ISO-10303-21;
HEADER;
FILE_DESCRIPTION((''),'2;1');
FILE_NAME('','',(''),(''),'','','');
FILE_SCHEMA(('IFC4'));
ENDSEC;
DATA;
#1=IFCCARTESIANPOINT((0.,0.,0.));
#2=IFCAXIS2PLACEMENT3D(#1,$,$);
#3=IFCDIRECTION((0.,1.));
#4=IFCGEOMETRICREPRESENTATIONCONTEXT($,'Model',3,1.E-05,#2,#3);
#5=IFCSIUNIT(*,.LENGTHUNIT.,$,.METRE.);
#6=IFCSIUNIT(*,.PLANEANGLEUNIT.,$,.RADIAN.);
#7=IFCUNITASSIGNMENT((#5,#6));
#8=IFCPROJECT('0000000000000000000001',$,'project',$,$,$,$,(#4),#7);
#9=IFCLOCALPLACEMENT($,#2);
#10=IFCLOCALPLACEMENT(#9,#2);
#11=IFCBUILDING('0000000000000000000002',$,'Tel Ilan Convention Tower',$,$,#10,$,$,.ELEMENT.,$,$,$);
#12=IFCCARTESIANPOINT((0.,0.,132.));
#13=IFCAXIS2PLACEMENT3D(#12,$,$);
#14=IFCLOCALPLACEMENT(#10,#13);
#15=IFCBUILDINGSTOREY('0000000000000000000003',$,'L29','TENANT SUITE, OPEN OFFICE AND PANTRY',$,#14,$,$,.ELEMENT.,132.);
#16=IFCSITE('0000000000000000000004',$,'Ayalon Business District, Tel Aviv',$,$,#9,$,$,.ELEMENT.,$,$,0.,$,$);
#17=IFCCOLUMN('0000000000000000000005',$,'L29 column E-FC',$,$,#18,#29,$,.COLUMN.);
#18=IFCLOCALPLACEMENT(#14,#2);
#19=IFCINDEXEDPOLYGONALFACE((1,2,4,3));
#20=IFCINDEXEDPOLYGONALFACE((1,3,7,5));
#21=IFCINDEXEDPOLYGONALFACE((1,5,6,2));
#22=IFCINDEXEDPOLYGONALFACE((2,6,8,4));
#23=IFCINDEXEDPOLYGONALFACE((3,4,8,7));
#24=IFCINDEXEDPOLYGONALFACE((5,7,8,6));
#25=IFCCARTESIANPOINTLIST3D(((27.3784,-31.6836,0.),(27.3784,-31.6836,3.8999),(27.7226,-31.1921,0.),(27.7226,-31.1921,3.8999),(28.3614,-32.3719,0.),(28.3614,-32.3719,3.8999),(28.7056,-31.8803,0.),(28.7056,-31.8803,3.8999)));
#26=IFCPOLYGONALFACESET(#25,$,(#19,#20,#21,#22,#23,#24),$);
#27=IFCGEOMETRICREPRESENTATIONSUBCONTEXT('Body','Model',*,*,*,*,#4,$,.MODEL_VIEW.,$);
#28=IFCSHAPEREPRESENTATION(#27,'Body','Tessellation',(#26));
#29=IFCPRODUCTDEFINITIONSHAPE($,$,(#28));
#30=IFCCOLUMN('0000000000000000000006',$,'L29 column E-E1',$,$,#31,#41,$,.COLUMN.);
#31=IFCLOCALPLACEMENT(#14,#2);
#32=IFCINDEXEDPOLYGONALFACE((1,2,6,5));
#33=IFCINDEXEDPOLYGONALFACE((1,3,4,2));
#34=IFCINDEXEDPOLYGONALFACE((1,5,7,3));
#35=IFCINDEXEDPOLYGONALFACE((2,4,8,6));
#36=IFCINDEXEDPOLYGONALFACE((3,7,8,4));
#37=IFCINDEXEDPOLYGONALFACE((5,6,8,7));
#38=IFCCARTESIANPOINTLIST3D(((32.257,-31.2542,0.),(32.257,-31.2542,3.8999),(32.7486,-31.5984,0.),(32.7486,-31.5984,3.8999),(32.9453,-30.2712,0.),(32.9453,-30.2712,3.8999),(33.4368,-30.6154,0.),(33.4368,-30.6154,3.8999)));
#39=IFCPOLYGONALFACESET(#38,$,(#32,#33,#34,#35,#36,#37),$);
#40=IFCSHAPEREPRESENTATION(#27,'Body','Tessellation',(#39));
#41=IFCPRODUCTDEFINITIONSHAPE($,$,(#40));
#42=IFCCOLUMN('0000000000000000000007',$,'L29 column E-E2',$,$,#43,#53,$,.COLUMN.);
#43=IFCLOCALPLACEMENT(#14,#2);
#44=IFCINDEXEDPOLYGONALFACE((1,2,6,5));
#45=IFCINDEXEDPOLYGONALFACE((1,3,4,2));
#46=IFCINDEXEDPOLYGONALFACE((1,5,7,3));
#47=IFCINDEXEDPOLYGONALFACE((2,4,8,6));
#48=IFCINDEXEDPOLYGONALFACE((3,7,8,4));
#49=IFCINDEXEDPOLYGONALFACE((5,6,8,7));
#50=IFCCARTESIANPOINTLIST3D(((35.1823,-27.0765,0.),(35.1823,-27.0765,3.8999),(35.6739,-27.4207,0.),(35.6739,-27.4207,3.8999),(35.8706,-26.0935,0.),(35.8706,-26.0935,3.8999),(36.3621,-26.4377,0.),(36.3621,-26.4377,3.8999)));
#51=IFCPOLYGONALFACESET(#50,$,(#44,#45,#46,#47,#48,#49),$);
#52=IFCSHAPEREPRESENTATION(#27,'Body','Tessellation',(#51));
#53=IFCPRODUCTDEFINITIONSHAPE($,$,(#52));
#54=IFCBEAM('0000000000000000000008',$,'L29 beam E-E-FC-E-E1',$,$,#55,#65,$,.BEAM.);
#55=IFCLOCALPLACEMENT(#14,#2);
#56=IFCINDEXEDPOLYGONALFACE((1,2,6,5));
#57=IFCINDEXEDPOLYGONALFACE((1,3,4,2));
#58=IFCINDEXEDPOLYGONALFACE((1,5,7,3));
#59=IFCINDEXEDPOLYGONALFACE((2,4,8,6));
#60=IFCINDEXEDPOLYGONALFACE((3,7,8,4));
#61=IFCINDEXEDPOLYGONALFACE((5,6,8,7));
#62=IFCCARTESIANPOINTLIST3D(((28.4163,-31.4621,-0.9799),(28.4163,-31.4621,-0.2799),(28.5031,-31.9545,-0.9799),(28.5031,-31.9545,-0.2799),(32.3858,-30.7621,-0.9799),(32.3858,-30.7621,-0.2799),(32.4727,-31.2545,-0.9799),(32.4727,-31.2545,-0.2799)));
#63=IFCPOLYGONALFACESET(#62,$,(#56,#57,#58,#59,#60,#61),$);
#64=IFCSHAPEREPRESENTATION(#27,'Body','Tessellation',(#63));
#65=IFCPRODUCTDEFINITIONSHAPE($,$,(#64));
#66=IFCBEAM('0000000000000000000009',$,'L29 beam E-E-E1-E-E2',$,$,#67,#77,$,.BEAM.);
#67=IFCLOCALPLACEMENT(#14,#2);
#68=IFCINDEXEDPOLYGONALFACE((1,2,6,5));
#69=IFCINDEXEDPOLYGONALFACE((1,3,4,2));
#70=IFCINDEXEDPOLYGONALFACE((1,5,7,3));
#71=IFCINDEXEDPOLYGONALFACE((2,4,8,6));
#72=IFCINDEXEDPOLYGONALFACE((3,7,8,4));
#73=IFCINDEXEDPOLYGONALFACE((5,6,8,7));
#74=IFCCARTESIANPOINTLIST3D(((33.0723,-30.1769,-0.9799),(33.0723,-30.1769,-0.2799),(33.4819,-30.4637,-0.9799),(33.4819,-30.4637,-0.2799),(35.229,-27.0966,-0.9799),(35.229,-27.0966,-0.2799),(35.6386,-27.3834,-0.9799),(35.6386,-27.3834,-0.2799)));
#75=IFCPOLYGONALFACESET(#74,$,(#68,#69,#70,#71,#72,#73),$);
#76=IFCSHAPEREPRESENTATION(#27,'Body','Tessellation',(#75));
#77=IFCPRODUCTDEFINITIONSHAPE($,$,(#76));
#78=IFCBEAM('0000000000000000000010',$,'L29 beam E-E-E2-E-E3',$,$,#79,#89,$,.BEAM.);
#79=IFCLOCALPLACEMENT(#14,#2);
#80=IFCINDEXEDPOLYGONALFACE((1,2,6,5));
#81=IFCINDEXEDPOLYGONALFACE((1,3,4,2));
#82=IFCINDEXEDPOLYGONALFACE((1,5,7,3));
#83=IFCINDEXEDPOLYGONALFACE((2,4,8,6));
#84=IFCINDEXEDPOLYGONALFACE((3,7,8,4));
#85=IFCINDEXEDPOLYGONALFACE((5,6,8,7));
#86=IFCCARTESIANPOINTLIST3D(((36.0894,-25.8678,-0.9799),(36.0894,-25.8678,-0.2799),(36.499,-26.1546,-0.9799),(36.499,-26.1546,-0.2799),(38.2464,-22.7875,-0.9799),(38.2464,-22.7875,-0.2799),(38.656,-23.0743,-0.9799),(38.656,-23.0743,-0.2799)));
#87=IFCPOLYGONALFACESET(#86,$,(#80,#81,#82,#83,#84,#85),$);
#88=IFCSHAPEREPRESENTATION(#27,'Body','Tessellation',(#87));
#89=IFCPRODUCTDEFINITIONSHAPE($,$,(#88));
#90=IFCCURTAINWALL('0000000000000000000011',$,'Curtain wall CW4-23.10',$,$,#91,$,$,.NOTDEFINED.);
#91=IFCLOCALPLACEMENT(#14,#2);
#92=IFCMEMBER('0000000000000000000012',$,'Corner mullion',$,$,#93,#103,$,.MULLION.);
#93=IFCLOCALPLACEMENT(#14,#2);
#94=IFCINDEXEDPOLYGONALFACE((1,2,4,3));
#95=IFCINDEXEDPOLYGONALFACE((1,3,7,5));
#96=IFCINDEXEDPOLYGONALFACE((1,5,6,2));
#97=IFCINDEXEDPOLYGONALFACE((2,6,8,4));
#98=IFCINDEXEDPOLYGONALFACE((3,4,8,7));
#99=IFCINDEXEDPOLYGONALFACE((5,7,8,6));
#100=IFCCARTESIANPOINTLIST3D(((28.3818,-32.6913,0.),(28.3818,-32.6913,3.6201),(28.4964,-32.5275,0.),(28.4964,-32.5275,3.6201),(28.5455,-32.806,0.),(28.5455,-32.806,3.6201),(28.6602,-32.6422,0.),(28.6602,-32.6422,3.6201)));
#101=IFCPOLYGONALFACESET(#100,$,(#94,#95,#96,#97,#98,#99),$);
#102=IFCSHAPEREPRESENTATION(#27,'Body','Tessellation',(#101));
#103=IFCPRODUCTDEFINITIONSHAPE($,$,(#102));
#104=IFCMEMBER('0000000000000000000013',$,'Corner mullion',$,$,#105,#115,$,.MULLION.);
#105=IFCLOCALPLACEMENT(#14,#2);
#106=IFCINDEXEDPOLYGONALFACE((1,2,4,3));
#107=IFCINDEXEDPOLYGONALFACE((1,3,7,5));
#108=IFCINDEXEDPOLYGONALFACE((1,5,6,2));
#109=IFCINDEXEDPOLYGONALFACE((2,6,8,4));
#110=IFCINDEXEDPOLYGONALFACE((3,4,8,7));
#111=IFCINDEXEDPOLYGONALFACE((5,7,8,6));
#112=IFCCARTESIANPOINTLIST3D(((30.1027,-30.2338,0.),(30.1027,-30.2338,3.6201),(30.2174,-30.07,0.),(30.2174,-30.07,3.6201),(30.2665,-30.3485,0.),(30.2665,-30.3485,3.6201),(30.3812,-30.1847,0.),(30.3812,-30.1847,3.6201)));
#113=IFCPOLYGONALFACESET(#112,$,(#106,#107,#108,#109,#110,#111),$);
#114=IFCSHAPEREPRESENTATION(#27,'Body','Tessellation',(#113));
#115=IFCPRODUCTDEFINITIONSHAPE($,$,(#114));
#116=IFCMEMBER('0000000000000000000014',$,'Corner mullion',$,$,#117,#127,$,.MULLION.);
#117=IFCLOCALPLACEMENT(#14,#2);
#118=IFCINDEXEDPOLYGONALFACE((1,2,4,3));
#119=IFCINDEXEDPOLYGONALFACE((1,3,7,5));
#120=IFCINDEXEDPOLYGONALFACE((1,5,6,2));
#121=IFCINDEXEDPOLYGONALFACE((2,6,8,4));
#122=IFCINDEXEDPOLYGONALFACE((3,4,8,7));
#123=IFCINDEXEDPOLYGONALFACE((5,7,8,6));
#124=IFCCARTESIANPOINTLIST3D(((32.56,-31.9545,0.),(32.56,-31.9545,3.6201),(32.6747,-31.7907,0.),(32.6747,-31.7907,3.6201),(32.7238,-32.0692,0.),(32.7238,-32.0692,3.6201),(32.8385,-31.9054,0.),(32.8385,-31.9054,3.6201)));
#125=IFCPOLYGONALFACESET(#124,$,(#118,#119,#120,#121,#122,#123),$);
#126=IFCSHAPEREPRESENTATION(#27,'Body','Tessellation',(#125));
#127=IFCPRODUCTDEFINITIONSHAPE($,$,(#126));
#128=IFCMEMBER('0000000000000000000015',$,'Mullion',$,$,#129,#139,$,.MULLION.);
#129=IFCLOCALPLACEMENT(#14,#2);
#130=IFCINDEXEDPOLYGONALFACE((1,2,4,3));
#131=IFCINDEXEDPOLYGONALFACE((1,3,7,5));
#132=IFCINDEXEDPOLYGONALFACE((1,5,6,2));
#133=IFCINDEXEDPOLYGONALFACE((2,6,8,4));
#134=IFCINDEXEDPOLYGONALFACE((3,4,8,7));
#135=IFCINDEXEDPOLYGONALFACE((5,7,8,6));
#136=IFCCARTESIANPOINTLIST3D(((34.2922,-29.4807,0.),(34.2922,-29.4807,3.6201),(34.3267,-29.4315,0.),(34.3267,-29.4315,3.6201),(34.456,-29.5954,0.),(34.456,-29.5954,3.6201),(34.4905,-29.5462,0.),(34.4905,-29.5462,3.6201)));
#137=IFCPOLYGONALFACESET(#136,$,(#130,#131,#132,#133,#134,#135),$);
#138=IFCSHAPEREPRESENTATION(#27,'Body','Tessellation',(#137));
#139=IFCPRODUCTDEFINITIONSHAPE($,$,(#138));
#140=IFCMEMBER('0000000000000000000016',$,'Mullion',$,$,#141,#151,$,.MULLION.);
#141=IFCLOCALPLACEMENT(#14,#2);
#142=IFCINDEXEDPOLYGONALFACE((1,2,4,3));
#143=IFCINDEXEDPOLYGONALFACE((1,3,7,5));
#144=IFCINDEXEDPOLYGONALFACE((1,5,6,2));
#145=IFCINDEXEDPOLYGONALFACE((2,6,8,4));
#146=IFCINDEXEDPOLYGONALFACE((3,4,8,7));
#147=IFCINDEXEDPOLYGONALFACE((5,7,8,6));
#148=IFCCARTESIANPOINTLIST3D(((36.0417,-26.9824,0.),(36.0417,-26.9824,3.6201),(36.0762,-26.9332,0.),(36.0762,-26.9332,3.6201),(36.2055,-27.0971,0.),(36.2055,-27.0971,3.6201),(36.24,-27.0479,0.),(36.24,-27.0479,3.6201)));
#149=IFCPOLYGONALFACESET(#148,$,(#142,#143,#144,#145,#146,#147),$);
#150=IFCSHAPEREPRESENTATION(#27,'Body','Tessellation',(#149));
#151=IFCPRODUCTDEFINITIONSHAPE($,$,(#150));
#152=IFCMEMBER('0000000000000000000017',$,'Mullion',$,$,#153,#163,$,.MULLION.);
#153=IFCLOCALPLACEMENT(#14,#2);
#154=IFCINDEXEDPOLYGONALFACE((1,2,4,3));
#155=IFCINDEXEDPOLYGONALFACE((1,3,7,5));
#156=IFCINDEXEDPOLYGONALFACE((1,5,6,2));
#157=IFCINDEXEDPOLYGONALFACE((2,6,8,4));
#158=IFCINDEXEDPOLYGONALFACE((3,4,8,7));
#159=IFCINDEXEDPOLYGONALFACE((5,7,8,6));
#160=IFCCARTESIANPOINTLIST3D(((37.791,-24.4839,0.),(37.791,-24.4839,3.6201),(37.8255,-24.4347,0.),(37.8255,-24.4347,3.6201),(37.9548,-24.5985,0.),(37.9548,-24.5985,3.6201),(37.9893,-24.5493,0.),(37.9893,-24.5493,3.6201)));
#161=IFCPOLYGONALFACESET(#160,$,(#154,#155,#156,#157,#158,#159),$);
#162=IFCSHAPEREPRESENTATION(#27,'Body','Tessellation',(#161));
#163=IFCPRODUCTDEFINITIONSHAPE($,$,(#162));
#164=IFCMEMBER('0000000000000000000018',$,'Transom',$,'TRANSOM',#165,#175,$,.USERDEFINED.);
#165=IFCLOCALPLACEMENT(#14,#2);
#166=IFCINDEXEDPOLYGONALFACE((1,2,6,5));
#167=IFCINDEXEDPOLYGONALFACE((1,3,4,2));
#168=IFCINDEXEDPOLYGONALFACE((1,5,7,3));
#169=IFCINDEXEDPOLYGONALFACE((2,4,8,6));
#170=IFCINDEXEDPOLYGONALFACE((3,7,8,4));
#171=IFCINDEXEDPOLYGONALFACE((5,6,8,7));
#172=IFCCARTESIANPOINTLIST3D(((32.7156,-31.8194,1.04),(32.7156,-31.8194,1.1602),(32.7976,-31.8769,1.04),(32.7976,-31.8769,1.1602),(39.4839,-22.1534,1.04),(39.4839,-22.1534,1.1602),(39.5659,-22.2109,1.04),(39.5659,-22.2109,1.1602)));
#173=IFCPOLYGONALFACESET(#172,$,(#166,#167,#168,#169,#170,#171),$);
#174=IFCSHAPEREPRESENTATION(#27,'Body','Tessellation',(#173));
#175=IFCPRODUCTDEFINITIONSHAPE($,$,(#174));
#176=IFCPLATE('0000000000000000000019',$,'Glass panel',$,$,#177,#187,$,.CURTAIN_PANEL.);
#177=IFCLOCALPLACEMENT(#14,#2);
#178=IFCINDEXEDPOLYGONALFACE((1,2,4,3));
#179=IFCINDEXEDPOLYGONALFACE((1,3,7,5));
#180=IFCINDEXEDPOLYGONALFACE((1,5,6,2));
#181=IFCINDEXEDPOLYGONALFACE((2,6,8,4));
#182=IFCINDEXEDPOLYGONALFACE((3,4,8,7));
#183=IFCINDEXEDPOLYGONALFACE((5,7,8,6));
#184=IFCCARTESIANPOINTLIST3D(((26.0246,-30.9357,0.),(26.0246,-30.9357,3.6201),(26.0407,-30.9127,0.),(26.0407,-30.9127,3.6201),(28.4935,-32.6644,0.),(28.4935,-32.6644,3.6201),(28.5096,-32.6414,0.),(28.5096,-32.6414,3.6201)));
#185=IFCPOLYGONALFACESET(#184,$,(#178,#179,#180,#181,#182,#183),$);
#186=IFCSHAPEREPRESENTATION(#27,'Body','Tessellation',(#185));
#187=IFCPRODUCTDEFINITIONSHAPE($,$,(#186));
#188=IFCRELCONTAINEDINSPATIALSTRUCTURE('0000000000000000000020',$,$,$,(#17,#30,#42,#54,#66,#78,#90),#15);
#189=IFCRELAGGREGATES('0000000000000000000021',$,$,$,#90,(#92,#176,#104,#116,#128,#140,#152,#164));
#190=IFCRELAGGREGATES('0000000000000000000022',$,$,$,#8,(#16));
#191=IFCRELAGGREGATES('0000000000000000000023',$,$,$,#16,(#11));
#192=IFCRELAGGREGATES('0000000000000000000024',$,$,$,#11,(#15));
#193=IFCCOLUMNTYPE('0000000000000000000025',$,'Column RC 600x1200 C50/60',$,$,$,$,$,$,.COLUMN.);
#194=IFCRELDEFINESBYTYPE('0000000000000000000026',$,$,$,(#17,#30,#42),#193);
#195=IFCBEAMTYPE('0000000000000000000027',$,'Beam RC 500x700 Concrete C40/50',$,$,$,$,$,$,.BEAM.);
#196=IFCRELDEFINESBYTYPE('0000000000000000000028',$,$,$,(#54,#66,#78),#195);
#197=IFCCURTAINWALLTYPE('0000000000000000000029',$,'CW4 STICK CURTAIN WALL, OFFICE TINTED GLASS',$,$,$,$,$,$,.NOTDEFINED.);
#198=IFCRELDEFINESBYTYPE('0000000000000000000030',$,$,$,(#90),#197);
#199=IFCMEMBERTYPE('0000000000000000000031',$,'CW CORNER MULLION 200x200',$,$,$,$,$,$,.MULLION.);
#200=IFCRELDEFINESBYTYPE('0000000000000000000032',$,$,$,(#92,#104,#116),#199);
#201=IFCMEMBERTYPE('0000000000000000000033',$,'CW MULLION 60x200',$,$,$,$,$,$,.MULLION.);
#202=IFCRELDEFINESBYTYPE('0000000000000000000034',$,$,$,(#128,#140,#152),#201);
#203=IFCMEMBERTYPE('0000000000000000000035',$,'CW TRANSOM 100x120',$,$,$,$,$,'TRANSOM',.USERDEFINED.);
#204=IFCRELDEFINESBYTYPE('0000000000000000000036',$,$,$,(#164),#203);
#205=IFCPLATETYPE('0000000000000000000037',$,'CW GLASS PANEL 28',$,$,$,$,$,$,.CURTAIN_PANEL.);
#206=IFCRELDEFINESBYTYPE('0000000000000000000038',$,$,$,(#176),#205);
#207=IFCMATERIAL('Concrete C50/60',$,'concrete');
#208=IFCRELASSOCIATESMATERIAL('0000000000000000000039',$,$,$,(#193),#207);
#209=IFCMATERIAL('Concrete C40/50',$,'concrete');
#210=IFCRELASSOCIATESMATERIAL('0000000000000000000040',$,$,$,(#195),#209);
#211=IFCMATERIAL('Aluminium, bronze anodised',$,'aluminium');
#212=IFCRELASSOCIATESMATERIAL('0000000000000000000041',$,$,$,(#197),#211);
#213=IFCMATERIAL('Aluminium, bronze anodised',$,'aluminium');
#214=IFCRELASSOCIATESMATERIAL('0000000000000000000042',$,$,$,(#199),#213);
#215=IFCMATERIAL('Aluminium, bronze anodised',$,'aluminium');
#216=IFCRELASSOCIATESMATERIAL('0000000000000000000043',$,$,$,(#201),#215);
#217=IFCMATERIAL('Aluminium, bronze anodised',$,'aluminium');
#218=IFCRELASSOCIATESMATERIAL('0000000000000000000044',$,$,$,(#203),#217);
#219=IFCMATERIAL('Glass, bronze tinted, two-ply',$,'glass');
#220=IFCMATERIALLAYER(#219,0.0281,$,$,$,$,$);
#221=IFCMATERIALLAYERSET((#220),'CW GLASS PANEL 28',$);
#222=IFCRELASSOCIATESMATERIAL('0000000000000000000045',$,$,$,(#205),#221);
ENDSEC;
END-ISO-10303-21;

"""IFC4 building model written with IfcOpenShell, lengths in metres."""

from ifc_helpers import new_model, si_unit, direction, frame, origin, origin_2d, place, context, subcontext, project, spatial, rectangle, extrude, material, layer, layer_set, material_profile, profile_set, type_object, element, aggregate, save


model = new_model("IFC4")

# Units and contexts
model_context = context("Model", 3, precision=1e-05, world=origin(), true_north=direction((0.0, 1.0)))
body_context = subcontext(model_context, "Body", "Model", "MODEL_VIEW")
ifc_project = project(units=[si_unit("LENGTHUNIT", "METRE"), si_unit("PLANEANGLEUNIT", "RADIAN")], contexts=[model_context])

# Site, building, storey
site_placement = place(None, origin())
site = spatial("IfcSite", under=ifc_project, at=site_placement, Name="Ayalon Business District, Tel Aviv", CompositionType="ELEMENT", RefElevation=0.0)
building_placement = place(site_placement, origin())
building = spatial("IfcBuilding", under=site, at=building_placement, Name="Tel Ilan Convention Tower", CompositionType="ELEMENT")
storey_placement = place(building_placement, frame((0.0, 0.0, 132.0)))
storey = spatial("IfcBuildingStorey", under=building, at=storey_placement, Name="L29", Description="TENANT SUITE, OPEN OFFICE AND PANTRY", CompositionType="ELEMENT", Elevation=132.0)

# Columns
ifc_material_1 = material(Name="Concrete C50/60", Category="concrete")
ifc_material_profile_1 = material_profile(ifc_material_1, rectangle(XDim=1.2, YDim=0.6001, at=origin_2d()), Name="RC 600x1200")
ifc_profile_set_1 = profile_set([ifc_material_profile_1], Name="Concrete C50/60")
column_type = type_object("IfcColumnType", Name="Column RC 600x1200 C50/60", PredefinedType="COLUMN", material=ifc_profile_set_1)
for number, where, z_axis, x_axis, name in (
    (1, (28.042, -31.782, 0.0), (0.0, 0.0, 1.0), (0.819152, -0.573576, 0.0), "L29 column E-FC"),
    (2, (32.8469, -30.9348, 0.0), (0.0, 0.0, 1.0), (0.573576, 0.819152, 0.0), "L29 column E-E1"),
    (3, (35.7722, -26.7571, 0.0), (0.0, 0.0, 1.0), (0.573576, 0.819152, 0.0), "L29 column E-E2"),
):
    element("IfcColumn", number, at=place(storey_placement, frame(where, z_axis=z_axis, x_axis=x_axis)), inside=storey, type_object=column_type, Name=name, PredefinedType="COLUMN", context=body_context, shape_type="SweptSolid", body=[
        extrude(rectangle(XDim=1.2, YDim=0.6001, at=origin_2d()), origin(), (0.0, 0.0, 1.0), 3.8999),
    ])

# Beams
ifc_material_2 = material(Name="Concrete C40/50", Category="concrete")
ifc_material_profile_2 = material_profile(ifc_material_2, rectangle(XDim=0.5, YDim=0.7, at=origin_2d()), Name="RC 500x700")
ifc_profile_set_2 = profile_set([ifc_material_profile_2], Name="Concrete C40/50")
beam_type = type_object("IfcBeamType", Name="Beam RC 500x700 Concrete C40/50", PredefinedType="BEAM", material=ifc_profile_set_2)
beam_1_placement = place(storey_placement, frame((28.4597, -31.7083, -0.6299), z_axis=(0.984807, 0.173654, 0.0), x_axis=(-0.173654, 0.984807, 0.0)))
element("IfcBeam", 4, at=beam_1_placement, inside=storey, type_object=beam_type, Name="L29 beam E-E-FC-E-E1", PredefinedType="BEAM", context=body_context, shape_type="SweptSolid", body=[
    extrude(rectangle(XDim=0.5, YDim=0.7, at=origin_2d()), origin(), (0.0, 0.0, 1.0), 4.0308),
])
beam_2_placement = place(storey_placement, frame((33.2771, -30.3203, -0.6299), z_axis=(0.573554, 0.819168, 0.0), x_axis=(-0.819168, 0.573554, 0.0)))
element("IfcBeam", 5, at=beam_2_placement, inside=storey, type_object=beam_type, Name="L29 beam E-E-E1-E-E2", PredefinedType="BEAM", context=body_context, shape_type="SweptSolid", body=[
    extrude(rectangle(XDim=0.5, YDim=0.7, at=origin_2d()), origin(), (0.0, 0.0, 1.0), 3.7603),
])
beam_3_placement = place(storey_placement, frame((36.2942, -26.0112, -0.6299), z_axis=(0.573597, 0.819137, 0.0), x_axis=(-0.819137, 0.573597, 0.0)))
element("IfcBeam", 6, at=beam_3_placement, inside=storey, type_object=beam_type, Name="L29 beam E-E-E2-E-E3", PredefinedType="BEAM", context=body_context, shape_type="SweptSolid", body=[
    extrude(rectangle(XDim=0.5, YDim=0.7, at=origin_2d()), origin(), (0.0, 0.0, 1.0), 3.7605),
])

# Curtain wall, members, plate
ifc_material_3 = material(Name="Aluminium, bronze anodised", Category="aluminium")
curtain_wall_type = type_object("IfcCurtainWallType", Name="CW4 STICK CURTAIN WALL, OFFICE TINTED GLASS", PredefinedType="NOTDEFINED", material=ifc_material_3)
curtain_wall_placement = place(storey_placement, origin())
curtain_wall = element("IfcCurtainWall", 7, at=curtain_wall_placement, inside=storey, type_object=curtain_wall_type, Name="Curtain wall CW4-23.10", PredefinedType="NOTDEFINED")
ifc_material_4 = material(Name="Aluminium, bronze anodised", Category="aluminium")
ifc_material_profile_3 = material_profile(ifc_material_4, rectangle(XDim=0.2, YDim=0.2, at=origin_2d()), Name="CW CORNER MULLION 200x200")
ifc_profile_set_3 = profile_set([ifc_material_profile_3], Name="Aluminium, bronze anodised")
member_type_1 = type_object("IfcMemberType", Name="CW CORNER MULLION 200x200", PredefinedType="MULLION", material=ifc_profile_set_3)
member_1_placement = place(storey_placement, frame((28.521, -32.6667, 0.0), z_axis=(0.0, 0.0, 1.0), x_axis=(0.819152, -0.573576, 0.0)))
member_1 = element("IfcMember", 8, at=member_1_placement, type_object=member_type_1, Name="Corner mullion", PredefinedType="MULLION", context=body_context, shape_type="SweptSolid", body=[
    extrude(rectangle(XDim=0.2, YDim=0.2, at=origin_2d()), origin(), (0.0, 0.0, 1.0), 3.6201),
])
member_2_placement = place(storey_placement, frame((30.2419, -30.2092, 0.0), z_axis=(0.0, 0.0, 1.0), x_axis=(0.573576, 0.819152, 0.0)))
member_2 = element("IfcMember", 9, at=member_2_placement, type_object=member_type_1, Name="Corner mullion", PredefinedType="MULLION", context=body_context, shape_type="SweptSolid", body=[
    extrude(rectangle(XDim=0.2, YDim=0.2, at=origin_2d()), origin(), (0.0, 0.0, 1.0), 3.6201),
])
member_3_placement = place(storey_placement, frame((32.6992, -31.9299, 0.0), z_axis=(0.0, 0.0, 1.0), x_axis=(0.819152, -0.573576, 0.0)))
member_3 = element("IfcMember", 10, at=member_3_placement, type_object=member_type_1, Name="Corner mullion", PredefinedType="MULLION", context=body_context, shape_type="SweptSolid", body=[
    extrude(rectangle(XDim=0.2, YDim=0.2, at=origin_2d()), origin(), (0.0, 0.0, 1.0), 3.6201),
])
ifc_material_5 = material(Name="Aluminium, bronze anodised", Category="aluminium")
ifc_material_profile_4 = material_profile(ifc_material_5, rectangle(XDim=0.0601, YDim=0.2, at=origin_2d()), Name="CW MULLION 60x200")
ifc_profile_set_4 = profile_set([ifc_material_profile_4], Name="Aluminium, bronze anodised")
member_type_2 = type_object("IfcMemberType", Name="CW MULLION 60x200", PredefinedType="MULLION", material=ifc_profile_set_4)
member_4_placement = place(storey_placement, frame((34.3914, -29.5134, 0.0), z_axis=(0.0, 0.0, 1.0), x_axis=(0.573576, 0.819152, 0.0)))
member_4 = element("IfcMember", 11, at=member_4_placement, type_object=member_type_2, Name="Mullion", PredefinedType="MULLION", context=body_context, shape_type="SweptSolid", body=[
    extrude(rectangle(XDim=0.0601, YDim=0.2, at=origin_2d()), origin(), (0.0, 0.0, 1.0), 3.6201),
])
member_5_placement = place(storey_placement, frame((36.1409, -27.0151, 0.0), z_axis=(0.0, 0.0, 1.0), x_axis=(0.573576, 0.819152, 0.0)))
member_5 = element("IfcMember", 12, at=member_5_placement, type_object=member_type_2, Name="Mullion", PredefinedType="MULLION", context=body_context, shape_type="SweptSolid", body=[
    extrude(rectangle(XDim=0.0601, YDim=0.2, at=origin_2d()), origin(), (0.0, 0.0, 1.0), 3.6201),
])
member_6_placement = place(storey_placement, frame((37.8901, -24.5166, 0.0), z_axis=(0.0, 0.0, 1.0), x_axis=(0.573576, 0.819152, 0.0)))
member_6 = element("IfcMember", 13, at=member_6_placement, type_object=member_type_2, Name="Mullion", PredefinedType="MULLION", context=body_context, shape_type="SweptSolid", body=[
    extrude(rectangle(XDim=0.0601, YDim=0.2, at=origin_2d()), origin(), (0.0, 0.0, 1.0), 3.6201),
])
ifc_material_6 = material(Name="Aluminium, bronze anodised", Category="aluminium")
ifc_material_profile_5 = material_profile(ifc_material_6, rectangle(XDim=0.1001, YDim=0.1201, at=origin_2d()), Name="CW TRANSOM 100x120")
ifc_profile_set_5 = profile_set([ifc_material_profile_5], Name="Aluminium, bronze anodised")
member_type_3 = type_object("IfcMemberType", Name="CW TRANSOM 100x120", ElementType="TRANSOM", PredefinedType="USERDEFINED", material=ifc_profile_set_5)
member_7_placement = place(storey_placement, frame((32.7566, -31.8481, 1.1001), z_axis=(0.573582, 0.819148, 0.0), x_axis=(-0.819148, 0.573582, 0.0)))
member_7 = element("IfcMember", 14, at=member_7_placement, type_object=member_type_3, Name="Transom", ObjectType="TRANSOM", PredefinedType="USERDEFINED", context=body_context, shape_type="SweptSolid", body=[
    extrude(rectangle(XDim=0.1001, YDim=0.1201, at=origin_2d()), origin(), (0.0, 0.0, 1.0), 11.8),
])
ifc_material_7 = material(Name="Glass, bronze tinted, two-ply", Category="glass")
ifc_layer_1 = layer(ifc_material_7, 0.0281)
ifc_layer_set_1 = layer_set([ifc_layer_1], Name="CW GLASS PANEL 28")
plate_type = type_object("IfcPlateType", Name="CW GLASS PANEL 28", PredefinedType="CURTAIN_PANEL", material=ifc_layer_set_1)
plate_1_placement = place(storey_placement, frame((27.2671, -31.7886, 0.0), z_axis=(0.0, 0.0, 1.0), x_axis=(0.819152, -0.573576, 0.0)))
plate_1 = element("IfcPlate", 15, at=plate_1_placement, type_object=plate_type, Name="Glass panel", PredefinedType="CURTAIN_PANEL", context=body_context, shape_type="SweptSolid", body=[
    extrude(rectangle(XDim=3.0139, YDim=0.0281, at=origin_2d()), origin(), (0.0, 0.0, 1.0), 3.6201),
])
aggregate(curtain_wall, [member_1, plate_1, member_2, member_3, member_4, member_5, member_6, member_7])

save(model, "model.ifc")
